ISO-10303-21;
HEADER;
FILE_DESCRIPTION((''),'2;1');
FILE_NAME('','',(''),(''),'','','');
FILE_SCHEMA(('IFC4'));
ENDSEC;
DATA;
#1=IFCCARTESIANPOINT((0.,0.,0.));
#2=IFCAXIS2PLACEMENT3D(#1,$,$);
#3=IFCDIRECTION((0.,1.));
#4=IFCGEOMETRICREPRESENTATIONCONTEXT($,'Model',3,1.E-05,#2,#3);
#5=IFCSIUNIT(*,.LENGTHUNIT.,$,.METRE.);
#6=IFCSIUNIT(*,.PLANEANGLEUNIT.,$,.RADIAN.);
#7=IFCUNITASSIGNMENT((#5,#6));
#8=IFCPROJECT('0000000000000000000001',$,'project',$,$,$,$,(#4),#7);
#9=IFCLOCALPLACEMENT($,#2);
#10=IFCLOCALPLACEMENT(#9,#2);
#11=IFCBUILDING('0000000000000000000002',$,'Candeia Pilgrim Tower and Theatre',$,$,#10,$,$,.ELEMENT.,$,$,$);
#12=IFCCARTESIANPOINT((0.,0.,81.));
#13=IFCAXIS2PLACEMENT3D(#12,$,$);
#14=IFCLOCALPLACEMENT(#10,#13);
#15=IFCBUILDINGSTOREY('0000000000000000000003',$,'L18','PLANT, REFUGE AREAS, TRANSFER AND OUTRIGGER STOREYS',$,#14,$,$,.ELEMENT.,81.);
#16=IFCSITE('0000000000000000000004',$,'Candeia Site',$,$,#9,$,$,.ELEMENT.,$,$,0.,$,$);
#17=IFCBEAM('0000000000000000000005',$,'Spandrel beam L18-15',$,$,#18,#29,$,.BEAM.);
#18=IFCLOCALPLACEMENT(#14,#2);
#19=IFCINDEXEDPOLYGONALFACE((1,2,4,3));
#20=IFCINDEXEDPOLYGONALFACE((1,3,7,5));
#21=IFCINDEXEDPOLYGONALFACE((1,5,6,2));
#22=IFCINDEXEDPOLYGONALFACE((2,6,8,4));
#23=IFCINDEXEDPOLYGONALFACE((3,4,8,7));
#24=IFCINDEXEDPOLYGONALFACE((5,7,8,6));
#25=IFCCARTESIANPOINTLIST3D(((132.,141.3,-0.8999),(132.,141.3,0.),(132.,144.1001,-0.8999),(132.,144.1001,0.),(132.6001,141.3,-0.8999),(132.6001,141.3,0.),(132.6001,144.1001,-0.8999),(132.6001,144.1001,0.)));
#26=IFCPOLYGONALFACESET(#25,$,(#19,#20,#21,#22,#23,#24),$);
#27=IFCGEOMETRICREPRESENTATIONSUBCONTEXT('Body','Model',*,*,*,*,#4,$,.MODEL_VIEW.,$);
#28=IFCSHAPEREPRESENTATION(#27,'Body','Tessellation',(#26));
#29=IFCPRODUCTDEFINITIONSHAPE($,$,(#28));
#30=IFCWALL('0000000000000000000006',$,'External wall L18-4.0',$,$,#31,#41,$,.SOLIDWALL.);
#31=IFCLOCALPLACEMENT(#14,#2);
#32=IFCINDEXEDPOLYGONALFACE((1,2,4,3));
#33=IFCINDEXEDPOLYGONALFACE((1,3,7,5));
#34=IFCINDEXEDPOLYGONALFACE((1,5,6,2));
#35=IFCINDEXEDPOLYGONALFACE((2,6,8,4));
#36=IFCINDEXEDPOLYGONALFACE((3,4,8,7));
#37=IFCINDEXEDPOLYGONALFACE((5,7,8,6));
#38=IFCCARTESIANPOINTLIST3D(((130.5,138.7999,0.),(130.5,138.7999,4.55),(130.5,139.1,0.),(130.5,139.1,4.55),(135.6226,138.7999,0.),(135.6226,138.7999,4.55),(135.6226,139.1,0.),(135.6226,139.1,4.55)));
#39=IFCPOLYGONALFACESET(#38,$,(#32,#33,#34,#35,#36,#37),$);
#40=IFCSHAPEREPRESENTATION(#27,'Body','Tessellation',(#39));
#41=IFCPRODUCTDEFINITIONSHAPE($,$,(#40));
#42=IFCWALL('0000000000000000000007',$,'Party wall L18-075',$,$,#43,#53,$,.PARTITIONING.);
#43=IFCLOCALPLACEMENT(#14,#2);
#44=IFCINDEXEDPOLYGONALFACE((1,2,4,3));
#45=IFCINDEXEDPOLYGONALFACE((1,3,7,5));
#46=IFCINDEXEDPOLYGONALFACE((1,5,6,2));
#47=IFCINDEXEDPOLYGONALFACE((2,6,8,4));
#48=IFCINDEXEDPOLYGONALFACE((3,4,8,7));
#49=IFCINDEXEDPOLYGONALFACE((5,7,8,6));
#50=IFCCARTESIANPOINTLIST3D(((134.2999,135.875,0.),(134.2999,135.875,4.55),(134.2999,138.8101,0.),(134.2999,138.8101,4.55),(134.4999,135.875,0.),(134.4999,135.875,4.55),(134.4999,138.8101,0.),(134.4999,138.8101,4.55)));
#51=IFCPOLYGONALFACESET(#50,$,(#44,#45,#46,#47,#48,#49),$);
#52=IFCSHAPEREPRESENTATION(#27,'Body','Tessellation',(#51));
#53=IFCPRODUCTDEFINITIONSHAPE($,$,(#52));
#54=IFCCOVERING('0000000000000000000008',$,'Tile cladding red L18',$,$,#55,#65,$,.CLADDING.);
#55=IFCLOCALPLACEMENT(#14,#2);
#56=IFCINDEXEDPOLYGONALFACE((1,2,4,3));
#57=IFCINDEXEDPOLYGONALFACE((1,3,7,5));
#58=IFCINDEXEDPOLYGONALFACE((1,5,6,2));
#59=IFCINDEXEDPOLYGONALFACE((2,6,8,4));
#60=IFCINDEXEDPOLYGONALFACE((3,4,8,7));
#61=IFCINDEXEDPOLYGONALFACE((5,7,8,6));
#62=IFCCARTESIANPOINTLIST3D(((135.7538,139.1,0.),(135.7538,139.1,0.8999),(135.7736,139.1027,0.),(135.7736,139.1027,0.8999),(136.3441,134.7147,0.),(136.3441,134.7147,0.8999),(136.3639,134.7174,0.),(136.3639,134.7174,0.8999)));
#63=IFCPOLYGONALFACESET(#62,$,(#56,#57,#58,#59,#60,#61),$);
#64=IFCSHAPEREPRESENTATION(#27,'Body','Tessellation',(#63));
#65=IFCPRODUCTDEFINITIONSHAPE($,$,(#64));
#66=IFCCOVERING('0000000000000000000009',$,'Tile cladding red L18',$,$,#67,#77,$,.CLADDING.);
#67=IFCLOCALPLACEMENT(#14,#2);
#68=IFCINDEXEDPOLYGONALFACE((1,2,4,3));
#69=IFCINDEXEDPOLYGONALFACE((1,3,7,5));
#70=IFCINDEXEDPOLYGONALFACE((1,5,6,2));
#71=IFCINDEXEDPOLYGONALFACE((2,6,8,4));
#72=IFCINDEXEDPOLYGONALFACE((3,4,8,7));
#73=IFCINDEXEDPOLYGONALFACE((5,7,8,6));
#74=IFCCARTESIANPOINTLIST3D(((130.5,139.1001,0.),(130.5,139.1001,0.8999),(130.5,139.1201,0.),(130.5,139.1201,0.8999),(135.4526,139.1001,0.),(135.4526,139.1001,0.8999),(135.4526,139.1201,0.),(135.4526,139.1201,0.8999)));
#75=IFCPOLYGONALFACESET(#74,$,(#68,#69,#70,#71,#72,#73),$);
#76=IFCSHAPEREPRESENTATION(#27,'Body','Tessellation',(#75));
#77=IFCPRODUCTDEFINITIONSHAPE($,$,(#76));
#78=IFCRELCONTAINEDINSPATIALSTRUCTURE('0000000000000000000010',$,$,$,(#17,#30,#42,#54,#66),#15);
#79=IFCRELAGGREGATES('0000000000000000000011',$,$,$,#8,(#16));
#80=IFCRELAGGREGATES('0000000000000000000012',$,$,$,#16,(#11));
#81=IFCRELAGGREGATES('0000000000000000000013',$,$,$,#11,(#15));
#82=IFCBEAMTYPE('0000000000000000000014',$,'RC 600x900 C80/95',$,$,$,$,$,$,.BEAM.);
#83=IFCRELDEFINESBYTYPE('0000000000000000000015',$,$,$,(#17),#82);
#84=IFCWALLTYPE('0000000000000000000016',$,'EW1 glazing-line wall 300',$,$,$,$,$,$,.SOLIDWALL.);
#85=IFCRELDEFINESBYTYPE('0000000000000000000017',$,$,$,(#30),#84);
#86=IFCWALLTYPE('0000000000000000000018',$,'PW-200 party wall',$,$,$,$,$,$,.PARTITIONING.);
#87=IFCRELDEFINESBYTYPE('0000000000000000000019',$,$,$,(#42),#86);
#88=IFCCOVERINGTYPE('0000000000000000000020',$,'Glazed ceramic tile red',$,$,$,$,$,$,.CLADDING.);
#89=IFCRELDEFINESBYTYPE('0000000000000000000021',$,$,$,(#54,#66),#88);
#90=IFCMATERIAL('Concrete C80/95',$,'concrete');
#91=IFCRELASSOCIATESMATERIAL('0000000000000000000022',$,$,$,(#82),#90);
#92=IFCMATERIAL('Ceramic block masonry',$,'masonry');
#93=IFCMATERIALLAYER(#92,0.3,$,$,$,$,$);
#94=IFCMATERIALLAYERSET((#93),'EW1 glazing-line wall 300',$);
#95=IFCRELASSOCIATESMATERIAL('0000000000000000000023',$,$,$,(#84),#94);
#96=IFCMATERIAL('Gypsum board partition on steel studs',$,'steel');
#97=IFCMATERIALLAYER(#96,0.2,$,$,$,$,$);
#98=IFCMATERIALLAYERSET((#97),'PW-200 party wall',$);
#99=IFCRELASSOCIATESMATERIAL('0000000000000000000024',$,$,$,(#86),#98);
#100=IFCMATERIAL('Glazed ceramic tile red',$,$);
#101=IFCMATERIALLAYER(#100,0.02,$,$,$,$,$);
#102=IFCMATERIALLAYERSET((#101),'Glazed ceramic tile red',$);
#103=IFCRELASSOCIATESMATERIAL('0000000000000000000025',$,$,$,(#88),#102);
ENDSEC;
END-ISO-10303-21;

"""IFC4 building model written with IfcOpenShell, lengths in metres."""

from ifc_helpers import new_model, si_unit, direction, frame, frame_2d, origin, origin_2d, place, context, subcontext, project, spatial, rectangle, extrude, material, layer, layer_set, material_profile, profile_set, type_object, element, save


model = new_model("IFC4")

# Units and contexts
model_context = context("Model", 3, precision=1e-05, world=origin(), true_north=direction((0.0, 1.0)))
body_context = subcontext(model_context, "Body", "Model", "MODEL_VIEW")
ifc_project = project(units=[si_unit("LENGTHUNIT", "METRE"), si_unit("PLANEANGLEUNIT", "RADIAN")], contexts=[model_context])

# Site, building, storey
site_placement = place(None, origin())
site = spatial("IfcSite", under=ifc_project, at=site_placement, Name="Candeia Site", CompositionType="ELEMENT", RefElevation=0.0)
building_placement = place(site_placement, origin())
building = spatial("IfcBuilding", under=site, at=building_placement, Name="Candeia Pilgrim Tower and Theatre", CompositionType="ELEMENT")
storey_placement = place(building_placement, frame((0.0, 0.0, 81.0)))
storey = spatial("IfcBuildingStorey", under=building, at=storey_placement, Name="L18", Description="PLANT, REFUGE AREAS, TRANSFER AND OUTRIGGER STOREYS", CompositionType="ELEMENT", Elevation=81.0)

# Shared definitions
ifc_material_1 = material(Name="Concrete C80/95", Category="concrete")

# Beam
ifc_material_profile_1 = material_profile(ifc_material_1, rectangle(XDim=0.6001, YDim=0.8999, at=origin_2d()))
ifc_profile_set_1 = profile_set([ifc_material_profile_1], Name="Concrete C80/95")
beam_type = type_object("IfcBeamType", Name="RC 600x900 C80/95", PredefinedType="BEAM", material=ifc_profile_set_1)
beam_1_placement = place(storey_placement, frame((132.3, 141.3, -0.45), z_axis=(0.0, 1.0, 0.0), x_axis=(-1.0, 0.0, 0.0)))
element("IfcBeam", 1, at=beam_1_placement, inside=storey, type_object=beam_type, Name="Spandrel beam L18-15", PredefinedType="BEAM", context=body_context, shape_type="SweptSolid", body=[
    extrude(rectangle(XDim=0.6001, YDim=0.8999, at=origin_2d()), origin(), (0.0, 0.0, 1.0), 2.8),
])

# Walls
ifc_material_2 = material(Name="Ceramic block masonry", Category="masonry")
ifc_layer_1 = layer(ifc_material_2, 0.3)
ifc_layer_set_1 = layer_set([ifc_layer_1], Name="EW1 glazing-line wall 300")
wall_type_1 = type_object("IfcWallType", Name="EW1 glazing-line wall 300", PredefinedType="SOLIDWALL", material=ifc_layer_set_1)
wall_1_placement = place(storey_placement, frame((135.6226, 138.95, 0.0), z_axis=(0.0, 0.0, 1.0), x_axis=(-1.0, 0.0, 0.0)))
element("IfcWall", 2, at=wall_1_placement, inside=storey, type_object=wall_type_1, Name="External wall L18-4.0", PredefinedType="SOLIDWALL", context=body_context, shape_type="SweptSolid", body=[
    extrude(rectangle(XDim=5.1226, YDim=0.3, at=frame_2d((2.5613, 0.0))), origin(), (0.0, 0.0, 1.0), 4.55),
])
ifc_material_3 = material(Name="Gypsum board partition on steel studs", Category="steel")
ifc_layer_2 = layer(ifc_material_3, 0.2)
ifc_layer_set_2 = layer_set([ifc_layer_2], Name="PW-200 party wall")
wall_type_2 = type_object("IfcWallType", Name="PW-200 party wall", PredefinedType="PARTITIONING", material=ifc_layer_set_2)
wall_2_placement = place(storey_placement, frame((134.3999, 135.875, 0.0), z_axis=(0.0, 0.0, 1.0), x_axis=(0.0, 1.0, 0.0)))
element("IfcWall", 3, at=wall_2_placement, inside=storey, type_object=wall_type_2, Name="Party wall L18-075", PredefinedType="PARTITIONING", context=body_context, shape_type="SweptSolid", body=[
    extrude(rectangle(XDim=2.9351, YDim=0.2, at=frame_2d((1.4675, 0.0))), origin(), (0.0, 0.0, 1.0), 4.55),
])

# Coverings
ifc_material_4 = material(Name="Glazed ceramic tile red")
ifc_layer_3 = layer(ifc_material_4, 0.02)
ifc_layer_set_3 = layer_set([ifc_layer_3], Name="Glazed ceramic tile red")
covering_type = type_object("IfcCoveringType", Name="Glazed ceramic tile red", PredefinedType="CLADDING", material=ifc_layer_set_3)
covering_1_placement = place(storey_placement, frame((136.0588, 136.9087, 0.0), z_axis=(0.0, 0.0, 1.0), x_axis=(-0.133412, 0.991061, 0.0)))
element("IfcCovering", 4, at=covering_1_placement, inside=storey, type_object=covering_type, Name="Tile cladding red L18", PredefinedType="CLADDING", context=body_context, shape_type="SweptSolid", body=[
    extrude(rectangle(XDim=4.4248, YDim=0.02, at=origin_2d()), origin(), (0.0, 0.0, 1.0), 0.8999),
])
covering_2_placement = place(storey_placement, frame((132.9763, 139.1101, 0.0), z_axis=(0.0, 0.0, 1.0), x_axis=(-1.0, 0.0, 0.0)))
element("IfcCovering", 5, at=covering_2_placement, inside=storey, type_object=covering_type, Name="Tile cladding red L18", PredefinedType="CLADDING", context=body_context, shape_type="SweptSolid", body=[
    extrude(rectangle(XDim=4.9526, YDim=0.02, at=origin_2d()), origin(), (0.0, 0.0, 1.0), 0.8999),
])

save(model, "model.ifc")
